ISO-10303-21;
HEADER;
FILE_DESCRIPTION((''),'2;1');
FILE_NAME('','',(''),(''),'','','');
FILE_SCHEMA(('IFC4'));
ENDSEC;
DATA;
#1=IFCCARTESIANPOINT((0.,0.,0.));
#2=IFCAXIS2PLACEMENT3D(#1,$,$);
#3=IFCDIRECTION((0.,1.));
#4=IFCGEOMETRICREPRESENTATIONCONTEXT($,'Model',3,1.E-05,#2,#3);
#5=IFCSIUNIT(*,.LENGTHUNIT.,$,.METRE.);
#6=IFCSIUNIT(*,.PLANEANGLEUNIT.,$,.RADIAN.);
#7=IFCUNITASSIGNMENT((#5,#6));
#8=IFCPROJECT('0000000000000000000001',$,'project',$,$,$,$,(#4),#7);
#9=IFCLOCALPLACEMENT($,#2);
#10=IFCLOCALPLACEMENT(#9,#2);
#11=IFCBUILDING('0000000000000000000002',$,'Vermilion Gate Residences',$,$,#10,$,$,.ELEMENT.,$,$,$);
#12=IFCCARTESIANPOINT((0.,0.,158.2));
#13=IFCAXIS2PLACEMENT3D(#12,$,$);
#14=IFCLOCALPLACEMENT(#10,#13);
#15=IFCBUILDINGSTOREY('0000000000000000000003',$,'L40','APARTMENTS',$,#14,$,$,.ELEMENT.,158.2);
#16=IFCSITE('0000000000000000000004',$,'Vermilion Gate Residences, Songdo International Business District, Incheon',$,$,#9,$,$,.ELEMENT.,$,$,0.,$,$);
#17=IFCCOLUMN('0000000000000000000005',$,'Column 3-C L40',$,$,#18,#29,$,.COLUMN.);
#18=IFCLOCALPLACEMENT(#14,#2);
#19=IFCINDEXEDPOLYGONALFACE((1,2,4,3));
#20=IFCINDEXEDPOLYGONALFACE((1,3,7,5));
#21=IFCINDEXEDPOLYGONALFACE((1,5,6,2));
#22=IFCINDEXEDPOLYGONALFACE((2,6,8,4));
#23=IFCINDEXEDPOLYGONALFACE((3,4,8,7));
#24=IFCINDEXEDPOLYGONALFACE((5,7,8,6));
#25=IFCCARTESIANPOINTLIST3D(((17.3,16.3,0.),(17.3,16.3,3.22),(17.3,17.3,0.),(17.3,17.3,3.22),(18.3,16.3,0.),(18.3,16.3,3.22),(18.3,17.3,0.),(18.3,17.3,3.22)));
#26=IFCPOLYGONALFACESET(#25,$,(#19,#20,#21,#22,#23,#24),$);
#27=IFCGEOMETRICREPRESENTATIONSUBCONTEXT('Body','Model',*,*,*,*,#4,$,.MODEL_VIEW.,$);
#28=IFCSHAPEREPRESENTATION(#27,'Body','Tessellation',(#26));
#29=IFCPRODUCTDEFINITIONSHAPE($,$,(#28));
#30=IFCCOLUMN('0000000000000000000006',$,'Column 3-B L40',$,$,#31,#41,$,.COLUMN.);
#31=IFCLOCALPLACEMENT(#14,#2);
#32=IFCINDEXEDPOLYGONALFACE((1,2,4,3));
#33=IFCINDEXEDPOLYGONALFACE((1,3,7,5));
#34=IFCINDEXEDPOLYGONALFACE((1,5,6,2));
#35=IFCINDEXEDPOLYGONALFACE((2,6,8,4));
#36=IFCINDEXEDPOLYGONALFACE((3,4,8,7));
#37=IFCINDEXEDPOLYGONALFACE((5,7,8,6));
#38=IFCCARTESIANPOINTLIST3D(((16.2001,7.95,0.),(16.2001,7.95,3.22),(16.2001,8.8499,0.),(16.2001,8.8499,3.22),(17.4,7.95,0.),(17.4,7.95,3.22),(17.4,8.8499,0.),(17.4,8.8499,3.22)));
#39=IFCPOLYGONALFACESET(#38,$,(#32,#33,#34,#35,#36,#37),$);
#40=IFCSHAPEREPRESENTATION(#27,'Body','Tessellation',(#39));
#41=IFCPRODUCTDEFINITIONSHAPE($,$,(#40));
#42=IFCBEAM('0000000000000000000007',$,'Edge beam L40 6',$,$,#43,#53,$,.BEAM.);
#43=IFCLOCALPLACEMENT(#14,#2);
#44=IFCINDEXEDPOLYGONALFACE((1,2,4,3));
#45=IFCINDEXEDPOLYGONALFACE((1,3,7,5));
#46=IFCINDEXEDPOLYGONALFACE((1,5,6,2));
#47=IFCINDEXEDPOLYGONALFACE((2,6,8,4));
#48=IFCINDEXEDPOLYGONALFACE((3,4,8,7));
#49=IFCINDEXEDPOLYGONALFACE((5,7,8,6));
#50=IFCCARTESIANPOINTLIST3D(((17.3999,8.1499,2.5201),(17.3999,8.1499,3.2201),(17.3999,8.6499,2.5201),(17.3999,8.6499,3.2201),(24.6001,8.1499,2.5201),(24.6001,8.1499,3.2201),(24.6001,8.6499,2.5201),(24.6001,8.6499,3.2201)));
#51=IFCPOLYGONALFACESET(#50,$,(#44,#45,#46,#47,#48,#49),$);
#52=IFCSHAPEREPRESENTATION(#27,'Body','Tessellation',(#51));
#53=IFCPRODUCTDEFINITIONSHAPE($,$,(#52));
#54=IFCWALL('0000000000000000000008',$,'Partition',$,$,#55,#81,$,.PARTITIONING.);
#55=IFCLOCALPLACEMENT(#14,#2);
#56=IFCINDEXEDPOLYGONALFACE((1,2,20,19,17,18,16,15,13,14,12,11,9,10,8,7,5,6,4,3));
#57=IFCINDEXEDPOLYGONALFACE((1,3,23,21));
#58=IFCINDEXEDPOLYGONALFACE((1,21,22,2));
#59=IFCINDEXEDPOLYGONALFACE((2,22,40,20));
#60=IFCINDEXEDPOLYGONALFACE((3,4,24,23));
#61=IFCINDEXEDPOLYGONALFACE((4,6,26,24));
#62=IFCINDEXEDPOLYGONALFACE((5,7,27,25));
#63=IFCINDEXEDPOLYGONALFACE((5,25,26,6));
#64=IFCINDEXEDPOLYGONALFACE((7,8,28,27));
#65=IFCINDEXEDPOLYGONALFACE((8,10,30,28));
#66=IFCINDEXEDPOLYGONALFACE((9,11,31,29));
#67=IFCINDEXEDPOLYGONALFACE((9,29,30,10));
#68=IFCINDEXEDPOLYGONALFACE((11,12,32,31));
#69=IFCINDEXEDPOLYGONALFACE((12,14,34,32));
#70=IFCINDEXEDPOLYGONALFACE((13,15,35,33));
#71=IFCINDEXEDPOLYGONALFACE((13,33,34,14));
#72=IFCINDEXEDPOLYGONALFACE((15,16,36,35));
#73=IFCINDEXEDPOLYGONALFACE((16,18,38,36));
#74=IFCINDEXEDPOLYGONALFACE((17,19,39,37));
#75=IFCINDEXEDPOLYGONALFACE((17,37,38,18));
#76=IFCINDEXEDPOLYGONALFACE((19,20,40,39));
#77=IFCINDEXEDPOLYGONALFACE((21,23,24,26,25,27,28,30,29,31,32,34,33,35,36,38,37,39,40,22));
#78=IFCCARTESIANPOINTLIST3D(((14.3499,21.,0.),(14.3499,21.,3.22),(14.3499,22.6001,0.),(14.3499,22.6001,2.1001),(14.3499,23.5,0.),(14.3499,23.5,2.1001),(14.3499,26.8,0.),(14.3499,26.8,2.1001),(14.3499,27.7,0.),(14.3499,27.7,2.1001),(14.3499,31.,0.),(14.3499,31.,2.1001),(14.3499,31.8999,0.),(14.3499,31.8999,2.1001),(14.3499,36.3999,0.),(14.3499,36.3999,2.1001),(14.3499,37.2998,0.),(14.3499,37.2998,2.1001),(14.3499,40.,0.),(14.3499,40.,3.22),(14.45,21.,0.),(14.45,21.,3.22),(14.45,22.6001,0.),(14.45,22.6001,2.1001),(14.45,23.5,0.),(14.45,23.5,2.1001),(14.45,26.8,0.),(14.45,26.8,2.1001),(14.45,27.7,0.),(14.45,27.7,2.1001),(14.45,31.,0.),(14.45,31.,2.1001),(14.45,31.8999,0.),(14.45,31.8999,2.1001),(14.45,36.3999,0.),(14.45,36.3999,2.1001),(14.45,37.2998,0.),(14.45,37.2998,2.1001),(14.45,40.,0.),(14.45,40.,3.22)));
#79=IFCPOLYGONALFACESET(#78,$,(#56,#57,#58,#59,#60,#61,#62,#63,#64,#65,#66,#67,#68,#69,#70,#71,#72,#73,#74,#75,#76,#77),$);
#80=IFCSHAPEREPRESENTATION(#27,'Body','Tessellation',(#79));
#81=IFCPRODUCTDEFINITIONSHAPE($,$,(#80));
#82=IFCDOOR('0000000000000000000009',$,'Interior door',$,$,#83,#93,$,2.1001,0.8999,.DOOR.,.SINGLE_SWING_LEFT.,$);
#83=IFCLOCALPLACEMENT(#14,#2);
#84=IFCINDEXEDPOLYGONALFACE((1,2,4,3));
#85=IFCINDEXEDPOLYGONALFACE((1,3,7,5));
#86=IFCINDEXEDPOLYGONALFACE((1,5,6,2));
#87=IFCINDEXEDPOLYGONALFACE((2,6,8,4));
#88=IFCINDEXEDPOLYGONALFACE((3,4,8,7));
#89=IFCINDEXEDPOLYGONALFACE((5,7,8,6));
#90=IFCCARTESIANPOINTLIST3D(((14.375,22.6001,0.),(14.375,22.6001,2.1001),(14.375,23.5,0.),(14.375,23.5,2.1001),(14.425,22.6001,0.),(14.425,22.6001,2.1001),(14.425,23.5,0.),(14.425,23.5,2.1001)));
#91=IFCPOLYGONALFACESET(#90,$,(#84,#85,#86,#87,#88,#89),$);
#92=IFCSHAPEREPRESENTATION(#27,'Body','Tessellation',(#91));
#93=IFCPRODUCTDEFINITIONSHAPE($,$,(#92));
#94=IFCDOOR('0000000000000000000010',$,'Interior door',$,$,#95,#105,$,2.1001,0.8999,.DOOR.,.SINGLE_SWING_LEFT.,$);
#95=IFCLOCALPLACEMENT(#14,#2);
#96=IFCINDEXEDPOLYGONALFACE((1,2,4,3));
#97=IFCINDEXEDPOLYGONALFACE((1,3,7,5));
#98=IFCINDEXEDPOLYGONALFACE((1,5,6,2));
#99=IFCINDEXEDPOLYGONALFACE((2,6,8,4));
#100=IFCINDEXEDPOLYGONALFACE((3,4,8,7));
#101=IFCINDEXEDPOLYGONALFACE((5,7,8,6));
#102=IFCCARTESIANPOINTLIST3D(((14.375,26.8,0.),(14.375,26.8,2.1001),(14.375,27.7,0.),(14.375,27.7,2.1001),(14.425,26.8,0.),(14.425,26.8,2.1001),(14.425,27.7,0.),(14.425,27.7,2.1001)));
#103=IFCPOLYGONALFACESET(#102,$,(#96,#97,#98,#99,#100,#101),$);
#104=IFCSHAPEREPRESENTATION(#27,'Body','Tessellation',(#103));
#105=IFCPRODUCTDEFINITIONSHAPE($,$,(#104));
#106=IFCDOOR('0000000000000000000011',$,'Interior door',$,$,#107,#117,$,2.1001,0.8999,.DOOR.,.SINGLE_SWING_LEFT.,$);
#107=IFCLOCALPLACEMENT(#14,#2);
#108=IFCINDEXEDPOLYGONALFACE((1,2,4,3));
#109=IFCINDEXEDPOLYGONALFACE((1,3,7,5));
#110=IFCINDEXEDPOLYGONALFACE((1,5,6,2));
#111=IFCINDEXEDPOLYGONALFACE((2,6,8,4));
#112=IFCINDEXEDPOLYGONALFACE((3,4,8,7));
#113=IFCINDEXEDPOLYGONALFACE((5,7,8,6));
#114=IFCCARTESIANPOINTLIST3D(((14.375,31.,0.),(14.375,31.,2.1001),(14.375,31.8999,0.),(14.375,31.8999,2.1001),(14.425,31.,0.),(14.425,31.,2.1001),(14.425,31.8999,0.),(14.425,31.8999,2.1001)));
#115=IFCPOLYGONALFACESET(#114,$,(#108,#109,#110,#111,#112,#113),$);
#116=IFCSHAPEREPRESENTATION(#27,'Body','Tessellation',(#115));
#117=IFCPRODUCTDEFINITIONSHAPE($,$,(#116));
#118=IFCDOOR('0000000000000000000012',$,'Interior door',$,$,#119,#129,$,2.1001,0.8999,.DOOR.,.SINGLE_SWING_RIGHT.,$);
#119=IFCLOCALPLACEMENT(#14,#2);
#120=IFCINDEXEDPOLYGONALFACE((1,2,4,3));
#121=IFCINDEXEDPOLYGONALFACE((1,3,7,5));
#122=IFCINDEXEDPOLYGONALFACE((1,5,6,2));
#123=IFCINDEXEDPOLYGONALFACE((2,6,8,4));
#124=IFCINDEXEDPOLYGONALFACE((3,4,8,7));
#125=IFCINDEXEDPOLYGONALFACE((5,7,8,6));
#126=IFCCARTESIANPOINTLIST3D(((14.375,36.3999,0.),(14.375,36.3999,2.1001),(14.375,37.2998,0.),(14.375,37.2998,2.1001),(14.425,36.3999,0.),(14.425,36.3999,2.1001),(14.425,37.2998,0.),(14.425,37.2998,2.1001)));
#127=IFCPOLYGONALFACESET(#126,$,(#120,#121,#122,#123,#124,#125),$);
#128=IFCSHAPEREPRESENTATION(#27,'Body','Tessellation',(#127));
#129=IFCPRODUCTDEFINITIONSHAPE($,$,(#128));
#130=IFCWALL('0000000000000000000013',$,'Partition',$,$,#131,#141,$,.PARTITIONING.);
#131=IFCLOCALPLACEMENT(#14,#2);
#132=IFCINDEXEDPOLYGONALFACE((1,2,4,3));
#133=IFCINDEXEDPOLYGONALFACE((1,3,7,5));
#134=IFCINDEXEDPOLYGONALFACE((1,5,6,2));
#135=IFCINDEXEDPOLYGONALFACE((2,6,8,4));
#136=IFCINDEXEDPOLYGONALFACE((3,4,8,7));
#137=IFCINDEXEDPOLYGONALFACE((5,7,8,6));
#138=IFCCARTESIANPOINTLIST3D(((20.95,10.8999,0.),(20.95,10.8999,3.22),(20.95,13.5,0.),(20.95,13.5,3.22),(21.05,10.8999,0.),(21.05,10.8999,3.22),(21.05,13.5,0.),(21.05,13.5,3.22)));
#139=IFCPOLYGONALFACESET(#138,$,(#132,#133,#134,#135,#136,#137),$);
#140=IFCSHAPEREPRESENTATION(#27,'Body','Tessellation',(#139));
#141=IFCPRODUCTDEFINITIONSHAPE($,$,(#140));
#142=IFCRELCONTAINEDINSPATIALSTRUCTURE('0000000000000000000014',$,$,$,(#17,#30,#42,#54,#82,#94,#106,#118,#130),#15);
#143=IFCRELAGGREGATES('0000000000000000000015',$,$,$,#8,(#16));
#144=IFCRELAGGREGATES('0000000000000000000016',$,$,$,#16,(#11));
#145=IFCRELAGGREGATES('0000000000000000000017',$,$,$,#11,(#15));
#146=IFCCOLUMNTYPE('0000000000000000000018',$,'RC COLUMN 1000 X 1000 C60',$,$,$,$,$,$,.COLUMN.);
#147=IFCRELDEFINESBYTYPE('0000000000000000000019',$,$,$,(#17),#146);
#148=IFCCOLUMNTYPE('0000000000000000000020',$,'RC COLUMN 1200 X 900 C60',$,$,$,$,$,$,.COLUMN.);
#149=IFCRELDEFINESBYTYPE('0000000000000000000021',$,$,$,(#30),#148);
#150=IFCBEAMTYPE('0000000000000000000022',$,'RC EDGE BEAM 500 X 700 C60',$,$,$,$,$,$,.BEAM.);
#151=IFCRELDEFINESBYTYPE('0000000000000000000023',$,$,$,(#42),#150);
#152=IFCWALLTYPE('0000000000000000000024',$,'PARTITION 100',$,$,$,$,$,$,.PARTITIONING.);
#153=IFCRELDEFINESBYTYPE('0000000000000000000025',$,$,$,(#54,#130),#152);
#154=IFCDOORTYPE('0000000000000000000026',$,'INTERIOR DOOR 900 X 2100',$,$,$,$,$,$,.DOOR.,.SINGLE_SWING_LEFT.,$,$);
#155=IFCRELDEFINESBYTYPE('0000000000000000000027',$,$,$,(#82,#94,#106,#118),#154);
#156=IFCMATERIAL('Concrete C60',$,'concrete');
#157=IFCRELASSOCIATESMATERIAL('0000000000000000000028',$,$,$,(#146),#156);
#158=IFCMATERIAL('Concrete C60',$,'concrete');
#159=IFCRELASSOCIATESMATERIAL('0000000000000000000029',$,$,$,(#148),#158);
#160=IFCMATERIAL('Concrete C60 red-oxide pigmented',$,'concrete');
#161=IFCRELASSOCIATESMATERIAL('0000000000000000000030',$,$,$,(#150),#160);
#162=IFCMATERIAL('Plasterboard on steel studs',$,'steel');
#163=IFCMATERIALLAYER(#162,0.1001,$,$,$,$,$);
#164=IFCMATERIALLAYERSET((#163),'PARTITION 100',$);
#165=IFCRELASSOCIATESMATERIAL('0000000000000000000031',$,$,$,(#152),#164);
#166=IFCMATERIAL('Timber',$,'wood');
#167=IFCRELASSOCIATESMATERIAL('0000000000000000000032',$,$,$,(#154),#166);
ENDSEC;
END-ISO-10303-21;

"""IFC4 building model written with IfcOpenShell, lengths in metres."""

from ifc_helpers import new_model, si_unit, direction, frame, frame_2d, origin, origin_2d, place, context, subcontext, project, spatial, rectangle, extrude, material, layer, layer_set, material_profile, profile_set, type_object, element, fill, save


model = new_model("IFC4")

# Units and contexts
model_context = context("Model", 3, precision=1e-05, world=origin(), true_north=direction((0.0, 1.0)))
body_context = subcontext(model_context, "Body", "Model", "MODEL_VIEW")
ifc_project = project(units=[si_unit("LENGTHUNIT", "METRE"), si_unit("PLANEANGLEUNIT", "RADIAN")], contexts=[model_context])

# Site, building, storey
site_placement = place(None, origin())
site = spatial("IfcSite", under=ifc_project, at=site_placement, Name="Vermilion Gate Residences, Songdo International Business District, Incheon", CompositionType="ELEMENT", RefElevation=0.0)
building_placement = place(site_placement, origin())
building = spatial("IfcBuilding", under=site, at=building_placement, Name="Vermilion Gate Residences", CompositionType="ELEMENT")
storey_placement = place(building_placement, frame((0.0, 0.0, 158.2)))
storey = spatial("IfcBuildingStorey", under=building, at=storey_placement, Name="L40", Description="APARTMENTS", CompositionType="ELEMENT", Elevation=158.2)

# Columns
ifc_material_1 = material(Name="Concrete C60", Category="concrete")
ifc_material_profile_1 = material_profile(ifc_material_1, rectangle(XDim=1.0, YDim=1.0, at=origin_2d()), Name="RC-1000x1000")
ifc_profile_set_1 = profile_set([ifc_material_profile_1], Name="Concrete C60")
column_type_1 = type_object("IfcColumnType", Name="RC COLUMN 1000 X 1000 C60", PredefinedType="COLUMN", material=ifc_profile_set_1)
column_1_placement = place(storey_placement, frame((17.8, 16.8, 0.0), z_axis=(0.0, 0.0, 1.0), x_axis=(1.0, 0.0, 0.0)))
element("IfcColumn", 1, at=column_1_placement, inside=storey, type_object=column_type_1, Name="Column 3-C L40", PredefinedType="COLUMN", context=body_context, shape_type="SweptSolid", body=[
    extrude(rectangle(XDim=1.0, YDim=1.0, at=origin_2d()), origin(), (0.0, 0.0, 1.0), 3.22),
])
ifc_material_2 = material(Name="Concrete C60", Category="concrete")
ifc_material_profile_2 = material_profile(ifc_material_2, rectangle(XDim=1.2, YDim=0.8999, at=origin_2d()), Name="RC-1200x900")
ifc_profile_set_2 = profile_set([ifc_material_profile_2], Name="Concrete C60")
column_type_2 = type_object("IfcColumnType", Name="RC COLUMN 1200 X 900 C60", PredefinedType="COLUMN", material=ifc_profile_set_2)
column_2_placement = place(storey_placement, frame((16.8, 8.3999, 0.0), z_axis=(0.0, 0.0, 1.0), x_axis=(1.0, 0.0, 0.0)))
element("IfcColumn", 2, at=column_2_placement, inside=storey, type_object=column_type_2, Name="Column 3-B L40", PredefinedType="COLUMN", context=body_context, shape_type="SweptSolid", body=[
    extrude(rectangle(XDim=1.2, YDim=0.8999, at=origin_2d()), origin(), (0.0, 0.0, 1.0), 3.22),
])

# Beam
ifc_material_3 = material(Name="Concrete C60 red-oxide pigmented", Category="concrete")
ifc_material_profile_3 = material_profile(ifc_material_3, rectangle(XDim=0.5, YDim=0.7, at=origin_2d()), Name="RC-500x700")
ifc_profile_set_3 = profile_set([ifc_material_profile_3], Name="Concrete C60 red-oxide pigmented")
beam_type = type_object("IfcBeamType", Name="RC EDGE BEAM 500 X 700 C60", PredefinedType="BEAM", material=ifc_profile_set_3)
beam_placement = place(storey_placement, frame((17.3999, 8.3999, 2.8701), z_axis=(1.0, 0.0, 0.0), x_axis=(0.0, 1.0, 0.0)))
element("IfcBeam", 3, at=beam_placement, inside=storey, type_object=beam_type, Name="Edge beam L40 6", PredefinedType="BEAM", context=body_context, shape_type="SweptSolid", body=[
    extrude(rectangle(XDim=0.5, YDim=0.7, at=origin_2d()), origin(), (0.0, 0.0, 1.0), 7.2002),
])

# Wall, openings, doors
ifc_material_4 = material(Name="Plasterboard on steel studs", Category="steel")
ifc_layer_1 = layer(ifc_material_4, 0.1001)
ifc_layer_set_1 = layer_set([ifc_layer_1], Name="PARTITION 100")
wall_type_1 = type_object("IfcWallType", Name="PARTITION 100", PredefinedType="PARTITIONING", material=ifc_layer_set_1)
wall_1_placement = place(storey_placement, frame((14.3999, 21.0, 0.0), z_axis=(0.0, 0.0, 1.0), x_axis=(0.0, 1.0, 0.0)))
wall_1 = element("IfcWall", 4, at=wall_1_placement, inside=storey, type_object=wall_type_1, Name="Partition", PredefinedType="PARTITIONING", context=body_context, shape_type="SweptSolid", body=[
    extrude(rectangle(XDim=19.0, YDim=0.1001, at=frame_2d((9.5, 0.0))), origin(), (0.0, 0.0, 1.0), 3.22),
])
opening_1_placement = place(wall_1_placement, frame((1.6001, 0.0, 0.0)))
opening_1 = element("IfcOpeningElement", 5, at=opening_1_placement, cuts=wall_1, PredefinedType="OPENING", context=body_context, shape_type="SweptSolid", body=[
    extrude(rectangle(XDim=0.8999, YDim=2.1001, at=frame_2d((0.45, 1.05))), frame((0.0, 0.0601, 0.0), z_axis=(0.0, -1.0, 0.0), x_axis=(1.0, 0.0, 0.0)), (0.0, 0.0, 1.0), 0.1201),
])
opening_2_placement = place(wall_1_placement, frame((5.8, 0.0, 0.0)))
opening_2 = element("IfcOpeningElement", 6, at=opening_2_placement, cuts=wall_1, PredefinedType="OPENING", context=body_context, shape_type="SweptSolid", body=[
    extrude(rectangle(XDim=0.8999, YDim=2.1001, at=frame_2d((0.45, 1.05))), frame((0.0, 0.0601, 0.0), z_axis=(0.0, -1.0, 0.0), x_axis=(1.0, 0.0, 0.0)), (0.0, 0.0, 1.0), 0.1201),
])
opening_3_placement = place(wall_1_placement, frame((10.0, 0.0, 0.0)))
opening_3 = element("IfcOpeningElement", 7, at=opening_3_placement, cuts=wall_1, PredefinedType="OPENING", context=body_context, shape_type="SweptSolid", body=[
    extrude(rectangle(XDim=0.8999, YDim=2.1001, at=frame_2d((0.45, 1.05))), frame((0.0, 0.0601, 0.0), z_axis=(0.0, -1.0, 0.0), x_axis=(1.0, 0.0, 0.0)), (0.0, 0.0, 1.0), 0.1201),
])
opening_4_placement = place(wall_1_placement, frame((15.3999, 0.0, 0.0)))
opening_4 = element("IfcOpeningElement", 8, at=opening_4_placement, cuts=wall_1, PredefinedType="OPENING", context=body_context, shape_type="SweptSolid", body=[
    extrude(rectangle(XDim=0.8999, YDim=2.1001, at=frame_2d((0.45, 1.05))), frame((0.0, 0.0601, 0.0), z_axis=(0.0, -1.0, 0.0), x_axis=(1.0, 0.0, 0.0)), (0.0, 0.0, 1.0), 0.1201),
])
ifc_material_5 = material(Name="Timber", Category="wood")
door_type_1 = type_object("IfcDoorType", Name="INTERIOR DOOR 900 X 2100", OperationType="SINGLE_SWING_LEFT", PredefinedType="DOOR", material=ifc_material_5)
door_1_placement = place(opening_1_placement, origin())
door_1 = element("IfcDoor", 9, at=door_1_placement, inside=storey, type_object=door_type_1, Name="Interior door", OperationType="SINGLE_SWING_LEFT", OverallHeight=2.1001, OverallWidth=0.8999, PredefinedType="DOOR", context=body_context, shape_type="SweptSolid", body=[
    extrude(rectangle(XDim=0.8999, YDim=2.1001, at=frame_2d((0.45, 1.05))), frame((0.0, 0.0249, 0.0), z_axis=(0.0, -1.0, 0.0), x_axis=(1.0, 0.0, 0.0)), (0.0, 0.0, 1.0), 0.05),
])
fill(opening_1, door_1)
door_2_placement = place(opening_2_placement, origin())
door_2 = element("IfcDoor", 10, at=door_2_placement, inside=storey, type_object=door_type_1, Name="Interior door", OperationType="SINGLE_SWING_LEFT", OverallHeight=2.1001, OverallWidth=0.8999, PredefinedType="DOOR", context=body_context, shape_type="SweptSolid", body=[
    extrude(rectangle(XDim=0.8999, YDim=2.1001, at=frame_2d((0.45, 1.05))), frame((0.0, 0.0249, 0.0), z_axis=(0.0, -1.0, 0.0), x_axis=(1.0, 0.0, 0.0)), (0.0, 0.0, 1.0), 0.05),
])
fill(opening_2, door_2)
door_3_placement = place(opening_3_placement, origin())
door_3 = element("IfcDoor", 11, at=door_3_placement, inside=storey, type_object=door_type_1, Name="Interior door", OperationType="SINGLE_SWING_LEFT", OverallHeight=2.1001, OverallWidth=0.8999, PredefinedType="DOOR", context=body_context, shape_type="SweptSolid", body=[
    extrude(rectangle(XDim=0.8999, YDim=2.1001, at=frame_2d((0.45, 1.05))), frame((0.0, 0.0249, 0.0), z_axis=(0.0, -1.0, 0.0), x_axis=(1.0, 0.0, 0.0)), (0.0, 0.0, 1.0), 0.05),
])
fill(opening_3, door_3)
door_4_placement = place(opening_4_placement, origin())
door_4 = element("IfcDoor", 12, at=door_4_placement, inside=storey, type_object=door_type_1, Name="Interior door", OperationType="SINGLE_SWING_RIGHT", OverallHeight=2.1001, OverallWidth=0.8999, PredefinedType="DOOR", context=body_context, shape_type="SweptSolid", body=[
    extrude(rectangle(XDim=0.8999, YDim=2.1001, at=frame_2d((0.45, 1.05))), frame((0.0, 0.0249, 0.0), z_axis=(0.0, -1.0, 0.0), x_axis=(1.0, 0.0, 0.0)), (0.0, 0.0, 1.0), 0.05),
])
fill(opening_4, door_4)

# Wall
wall_2_placement = place(storey_placement, frame((21.0, 10.8999, 0.0), z_axis=(0.0, 0.0, 1.0), x_axis=(0.0, 1.0, 0.0)))
element("IfcWall", 13, at=wall_2_placement, inside=storey, type_object=wall_type_1, Name="Partition", PredefinedType="PARTITIONING", context=body_context, shape_type="SweptSolid", body=[
    extrude(rectangle(XDim=2.6001, YDim=0.1001, at=frame_2d((1.3, 0.0))), origin(), (0.0, 0.0, 1.0), 3.22),
])

save(model, "model.ifc")
